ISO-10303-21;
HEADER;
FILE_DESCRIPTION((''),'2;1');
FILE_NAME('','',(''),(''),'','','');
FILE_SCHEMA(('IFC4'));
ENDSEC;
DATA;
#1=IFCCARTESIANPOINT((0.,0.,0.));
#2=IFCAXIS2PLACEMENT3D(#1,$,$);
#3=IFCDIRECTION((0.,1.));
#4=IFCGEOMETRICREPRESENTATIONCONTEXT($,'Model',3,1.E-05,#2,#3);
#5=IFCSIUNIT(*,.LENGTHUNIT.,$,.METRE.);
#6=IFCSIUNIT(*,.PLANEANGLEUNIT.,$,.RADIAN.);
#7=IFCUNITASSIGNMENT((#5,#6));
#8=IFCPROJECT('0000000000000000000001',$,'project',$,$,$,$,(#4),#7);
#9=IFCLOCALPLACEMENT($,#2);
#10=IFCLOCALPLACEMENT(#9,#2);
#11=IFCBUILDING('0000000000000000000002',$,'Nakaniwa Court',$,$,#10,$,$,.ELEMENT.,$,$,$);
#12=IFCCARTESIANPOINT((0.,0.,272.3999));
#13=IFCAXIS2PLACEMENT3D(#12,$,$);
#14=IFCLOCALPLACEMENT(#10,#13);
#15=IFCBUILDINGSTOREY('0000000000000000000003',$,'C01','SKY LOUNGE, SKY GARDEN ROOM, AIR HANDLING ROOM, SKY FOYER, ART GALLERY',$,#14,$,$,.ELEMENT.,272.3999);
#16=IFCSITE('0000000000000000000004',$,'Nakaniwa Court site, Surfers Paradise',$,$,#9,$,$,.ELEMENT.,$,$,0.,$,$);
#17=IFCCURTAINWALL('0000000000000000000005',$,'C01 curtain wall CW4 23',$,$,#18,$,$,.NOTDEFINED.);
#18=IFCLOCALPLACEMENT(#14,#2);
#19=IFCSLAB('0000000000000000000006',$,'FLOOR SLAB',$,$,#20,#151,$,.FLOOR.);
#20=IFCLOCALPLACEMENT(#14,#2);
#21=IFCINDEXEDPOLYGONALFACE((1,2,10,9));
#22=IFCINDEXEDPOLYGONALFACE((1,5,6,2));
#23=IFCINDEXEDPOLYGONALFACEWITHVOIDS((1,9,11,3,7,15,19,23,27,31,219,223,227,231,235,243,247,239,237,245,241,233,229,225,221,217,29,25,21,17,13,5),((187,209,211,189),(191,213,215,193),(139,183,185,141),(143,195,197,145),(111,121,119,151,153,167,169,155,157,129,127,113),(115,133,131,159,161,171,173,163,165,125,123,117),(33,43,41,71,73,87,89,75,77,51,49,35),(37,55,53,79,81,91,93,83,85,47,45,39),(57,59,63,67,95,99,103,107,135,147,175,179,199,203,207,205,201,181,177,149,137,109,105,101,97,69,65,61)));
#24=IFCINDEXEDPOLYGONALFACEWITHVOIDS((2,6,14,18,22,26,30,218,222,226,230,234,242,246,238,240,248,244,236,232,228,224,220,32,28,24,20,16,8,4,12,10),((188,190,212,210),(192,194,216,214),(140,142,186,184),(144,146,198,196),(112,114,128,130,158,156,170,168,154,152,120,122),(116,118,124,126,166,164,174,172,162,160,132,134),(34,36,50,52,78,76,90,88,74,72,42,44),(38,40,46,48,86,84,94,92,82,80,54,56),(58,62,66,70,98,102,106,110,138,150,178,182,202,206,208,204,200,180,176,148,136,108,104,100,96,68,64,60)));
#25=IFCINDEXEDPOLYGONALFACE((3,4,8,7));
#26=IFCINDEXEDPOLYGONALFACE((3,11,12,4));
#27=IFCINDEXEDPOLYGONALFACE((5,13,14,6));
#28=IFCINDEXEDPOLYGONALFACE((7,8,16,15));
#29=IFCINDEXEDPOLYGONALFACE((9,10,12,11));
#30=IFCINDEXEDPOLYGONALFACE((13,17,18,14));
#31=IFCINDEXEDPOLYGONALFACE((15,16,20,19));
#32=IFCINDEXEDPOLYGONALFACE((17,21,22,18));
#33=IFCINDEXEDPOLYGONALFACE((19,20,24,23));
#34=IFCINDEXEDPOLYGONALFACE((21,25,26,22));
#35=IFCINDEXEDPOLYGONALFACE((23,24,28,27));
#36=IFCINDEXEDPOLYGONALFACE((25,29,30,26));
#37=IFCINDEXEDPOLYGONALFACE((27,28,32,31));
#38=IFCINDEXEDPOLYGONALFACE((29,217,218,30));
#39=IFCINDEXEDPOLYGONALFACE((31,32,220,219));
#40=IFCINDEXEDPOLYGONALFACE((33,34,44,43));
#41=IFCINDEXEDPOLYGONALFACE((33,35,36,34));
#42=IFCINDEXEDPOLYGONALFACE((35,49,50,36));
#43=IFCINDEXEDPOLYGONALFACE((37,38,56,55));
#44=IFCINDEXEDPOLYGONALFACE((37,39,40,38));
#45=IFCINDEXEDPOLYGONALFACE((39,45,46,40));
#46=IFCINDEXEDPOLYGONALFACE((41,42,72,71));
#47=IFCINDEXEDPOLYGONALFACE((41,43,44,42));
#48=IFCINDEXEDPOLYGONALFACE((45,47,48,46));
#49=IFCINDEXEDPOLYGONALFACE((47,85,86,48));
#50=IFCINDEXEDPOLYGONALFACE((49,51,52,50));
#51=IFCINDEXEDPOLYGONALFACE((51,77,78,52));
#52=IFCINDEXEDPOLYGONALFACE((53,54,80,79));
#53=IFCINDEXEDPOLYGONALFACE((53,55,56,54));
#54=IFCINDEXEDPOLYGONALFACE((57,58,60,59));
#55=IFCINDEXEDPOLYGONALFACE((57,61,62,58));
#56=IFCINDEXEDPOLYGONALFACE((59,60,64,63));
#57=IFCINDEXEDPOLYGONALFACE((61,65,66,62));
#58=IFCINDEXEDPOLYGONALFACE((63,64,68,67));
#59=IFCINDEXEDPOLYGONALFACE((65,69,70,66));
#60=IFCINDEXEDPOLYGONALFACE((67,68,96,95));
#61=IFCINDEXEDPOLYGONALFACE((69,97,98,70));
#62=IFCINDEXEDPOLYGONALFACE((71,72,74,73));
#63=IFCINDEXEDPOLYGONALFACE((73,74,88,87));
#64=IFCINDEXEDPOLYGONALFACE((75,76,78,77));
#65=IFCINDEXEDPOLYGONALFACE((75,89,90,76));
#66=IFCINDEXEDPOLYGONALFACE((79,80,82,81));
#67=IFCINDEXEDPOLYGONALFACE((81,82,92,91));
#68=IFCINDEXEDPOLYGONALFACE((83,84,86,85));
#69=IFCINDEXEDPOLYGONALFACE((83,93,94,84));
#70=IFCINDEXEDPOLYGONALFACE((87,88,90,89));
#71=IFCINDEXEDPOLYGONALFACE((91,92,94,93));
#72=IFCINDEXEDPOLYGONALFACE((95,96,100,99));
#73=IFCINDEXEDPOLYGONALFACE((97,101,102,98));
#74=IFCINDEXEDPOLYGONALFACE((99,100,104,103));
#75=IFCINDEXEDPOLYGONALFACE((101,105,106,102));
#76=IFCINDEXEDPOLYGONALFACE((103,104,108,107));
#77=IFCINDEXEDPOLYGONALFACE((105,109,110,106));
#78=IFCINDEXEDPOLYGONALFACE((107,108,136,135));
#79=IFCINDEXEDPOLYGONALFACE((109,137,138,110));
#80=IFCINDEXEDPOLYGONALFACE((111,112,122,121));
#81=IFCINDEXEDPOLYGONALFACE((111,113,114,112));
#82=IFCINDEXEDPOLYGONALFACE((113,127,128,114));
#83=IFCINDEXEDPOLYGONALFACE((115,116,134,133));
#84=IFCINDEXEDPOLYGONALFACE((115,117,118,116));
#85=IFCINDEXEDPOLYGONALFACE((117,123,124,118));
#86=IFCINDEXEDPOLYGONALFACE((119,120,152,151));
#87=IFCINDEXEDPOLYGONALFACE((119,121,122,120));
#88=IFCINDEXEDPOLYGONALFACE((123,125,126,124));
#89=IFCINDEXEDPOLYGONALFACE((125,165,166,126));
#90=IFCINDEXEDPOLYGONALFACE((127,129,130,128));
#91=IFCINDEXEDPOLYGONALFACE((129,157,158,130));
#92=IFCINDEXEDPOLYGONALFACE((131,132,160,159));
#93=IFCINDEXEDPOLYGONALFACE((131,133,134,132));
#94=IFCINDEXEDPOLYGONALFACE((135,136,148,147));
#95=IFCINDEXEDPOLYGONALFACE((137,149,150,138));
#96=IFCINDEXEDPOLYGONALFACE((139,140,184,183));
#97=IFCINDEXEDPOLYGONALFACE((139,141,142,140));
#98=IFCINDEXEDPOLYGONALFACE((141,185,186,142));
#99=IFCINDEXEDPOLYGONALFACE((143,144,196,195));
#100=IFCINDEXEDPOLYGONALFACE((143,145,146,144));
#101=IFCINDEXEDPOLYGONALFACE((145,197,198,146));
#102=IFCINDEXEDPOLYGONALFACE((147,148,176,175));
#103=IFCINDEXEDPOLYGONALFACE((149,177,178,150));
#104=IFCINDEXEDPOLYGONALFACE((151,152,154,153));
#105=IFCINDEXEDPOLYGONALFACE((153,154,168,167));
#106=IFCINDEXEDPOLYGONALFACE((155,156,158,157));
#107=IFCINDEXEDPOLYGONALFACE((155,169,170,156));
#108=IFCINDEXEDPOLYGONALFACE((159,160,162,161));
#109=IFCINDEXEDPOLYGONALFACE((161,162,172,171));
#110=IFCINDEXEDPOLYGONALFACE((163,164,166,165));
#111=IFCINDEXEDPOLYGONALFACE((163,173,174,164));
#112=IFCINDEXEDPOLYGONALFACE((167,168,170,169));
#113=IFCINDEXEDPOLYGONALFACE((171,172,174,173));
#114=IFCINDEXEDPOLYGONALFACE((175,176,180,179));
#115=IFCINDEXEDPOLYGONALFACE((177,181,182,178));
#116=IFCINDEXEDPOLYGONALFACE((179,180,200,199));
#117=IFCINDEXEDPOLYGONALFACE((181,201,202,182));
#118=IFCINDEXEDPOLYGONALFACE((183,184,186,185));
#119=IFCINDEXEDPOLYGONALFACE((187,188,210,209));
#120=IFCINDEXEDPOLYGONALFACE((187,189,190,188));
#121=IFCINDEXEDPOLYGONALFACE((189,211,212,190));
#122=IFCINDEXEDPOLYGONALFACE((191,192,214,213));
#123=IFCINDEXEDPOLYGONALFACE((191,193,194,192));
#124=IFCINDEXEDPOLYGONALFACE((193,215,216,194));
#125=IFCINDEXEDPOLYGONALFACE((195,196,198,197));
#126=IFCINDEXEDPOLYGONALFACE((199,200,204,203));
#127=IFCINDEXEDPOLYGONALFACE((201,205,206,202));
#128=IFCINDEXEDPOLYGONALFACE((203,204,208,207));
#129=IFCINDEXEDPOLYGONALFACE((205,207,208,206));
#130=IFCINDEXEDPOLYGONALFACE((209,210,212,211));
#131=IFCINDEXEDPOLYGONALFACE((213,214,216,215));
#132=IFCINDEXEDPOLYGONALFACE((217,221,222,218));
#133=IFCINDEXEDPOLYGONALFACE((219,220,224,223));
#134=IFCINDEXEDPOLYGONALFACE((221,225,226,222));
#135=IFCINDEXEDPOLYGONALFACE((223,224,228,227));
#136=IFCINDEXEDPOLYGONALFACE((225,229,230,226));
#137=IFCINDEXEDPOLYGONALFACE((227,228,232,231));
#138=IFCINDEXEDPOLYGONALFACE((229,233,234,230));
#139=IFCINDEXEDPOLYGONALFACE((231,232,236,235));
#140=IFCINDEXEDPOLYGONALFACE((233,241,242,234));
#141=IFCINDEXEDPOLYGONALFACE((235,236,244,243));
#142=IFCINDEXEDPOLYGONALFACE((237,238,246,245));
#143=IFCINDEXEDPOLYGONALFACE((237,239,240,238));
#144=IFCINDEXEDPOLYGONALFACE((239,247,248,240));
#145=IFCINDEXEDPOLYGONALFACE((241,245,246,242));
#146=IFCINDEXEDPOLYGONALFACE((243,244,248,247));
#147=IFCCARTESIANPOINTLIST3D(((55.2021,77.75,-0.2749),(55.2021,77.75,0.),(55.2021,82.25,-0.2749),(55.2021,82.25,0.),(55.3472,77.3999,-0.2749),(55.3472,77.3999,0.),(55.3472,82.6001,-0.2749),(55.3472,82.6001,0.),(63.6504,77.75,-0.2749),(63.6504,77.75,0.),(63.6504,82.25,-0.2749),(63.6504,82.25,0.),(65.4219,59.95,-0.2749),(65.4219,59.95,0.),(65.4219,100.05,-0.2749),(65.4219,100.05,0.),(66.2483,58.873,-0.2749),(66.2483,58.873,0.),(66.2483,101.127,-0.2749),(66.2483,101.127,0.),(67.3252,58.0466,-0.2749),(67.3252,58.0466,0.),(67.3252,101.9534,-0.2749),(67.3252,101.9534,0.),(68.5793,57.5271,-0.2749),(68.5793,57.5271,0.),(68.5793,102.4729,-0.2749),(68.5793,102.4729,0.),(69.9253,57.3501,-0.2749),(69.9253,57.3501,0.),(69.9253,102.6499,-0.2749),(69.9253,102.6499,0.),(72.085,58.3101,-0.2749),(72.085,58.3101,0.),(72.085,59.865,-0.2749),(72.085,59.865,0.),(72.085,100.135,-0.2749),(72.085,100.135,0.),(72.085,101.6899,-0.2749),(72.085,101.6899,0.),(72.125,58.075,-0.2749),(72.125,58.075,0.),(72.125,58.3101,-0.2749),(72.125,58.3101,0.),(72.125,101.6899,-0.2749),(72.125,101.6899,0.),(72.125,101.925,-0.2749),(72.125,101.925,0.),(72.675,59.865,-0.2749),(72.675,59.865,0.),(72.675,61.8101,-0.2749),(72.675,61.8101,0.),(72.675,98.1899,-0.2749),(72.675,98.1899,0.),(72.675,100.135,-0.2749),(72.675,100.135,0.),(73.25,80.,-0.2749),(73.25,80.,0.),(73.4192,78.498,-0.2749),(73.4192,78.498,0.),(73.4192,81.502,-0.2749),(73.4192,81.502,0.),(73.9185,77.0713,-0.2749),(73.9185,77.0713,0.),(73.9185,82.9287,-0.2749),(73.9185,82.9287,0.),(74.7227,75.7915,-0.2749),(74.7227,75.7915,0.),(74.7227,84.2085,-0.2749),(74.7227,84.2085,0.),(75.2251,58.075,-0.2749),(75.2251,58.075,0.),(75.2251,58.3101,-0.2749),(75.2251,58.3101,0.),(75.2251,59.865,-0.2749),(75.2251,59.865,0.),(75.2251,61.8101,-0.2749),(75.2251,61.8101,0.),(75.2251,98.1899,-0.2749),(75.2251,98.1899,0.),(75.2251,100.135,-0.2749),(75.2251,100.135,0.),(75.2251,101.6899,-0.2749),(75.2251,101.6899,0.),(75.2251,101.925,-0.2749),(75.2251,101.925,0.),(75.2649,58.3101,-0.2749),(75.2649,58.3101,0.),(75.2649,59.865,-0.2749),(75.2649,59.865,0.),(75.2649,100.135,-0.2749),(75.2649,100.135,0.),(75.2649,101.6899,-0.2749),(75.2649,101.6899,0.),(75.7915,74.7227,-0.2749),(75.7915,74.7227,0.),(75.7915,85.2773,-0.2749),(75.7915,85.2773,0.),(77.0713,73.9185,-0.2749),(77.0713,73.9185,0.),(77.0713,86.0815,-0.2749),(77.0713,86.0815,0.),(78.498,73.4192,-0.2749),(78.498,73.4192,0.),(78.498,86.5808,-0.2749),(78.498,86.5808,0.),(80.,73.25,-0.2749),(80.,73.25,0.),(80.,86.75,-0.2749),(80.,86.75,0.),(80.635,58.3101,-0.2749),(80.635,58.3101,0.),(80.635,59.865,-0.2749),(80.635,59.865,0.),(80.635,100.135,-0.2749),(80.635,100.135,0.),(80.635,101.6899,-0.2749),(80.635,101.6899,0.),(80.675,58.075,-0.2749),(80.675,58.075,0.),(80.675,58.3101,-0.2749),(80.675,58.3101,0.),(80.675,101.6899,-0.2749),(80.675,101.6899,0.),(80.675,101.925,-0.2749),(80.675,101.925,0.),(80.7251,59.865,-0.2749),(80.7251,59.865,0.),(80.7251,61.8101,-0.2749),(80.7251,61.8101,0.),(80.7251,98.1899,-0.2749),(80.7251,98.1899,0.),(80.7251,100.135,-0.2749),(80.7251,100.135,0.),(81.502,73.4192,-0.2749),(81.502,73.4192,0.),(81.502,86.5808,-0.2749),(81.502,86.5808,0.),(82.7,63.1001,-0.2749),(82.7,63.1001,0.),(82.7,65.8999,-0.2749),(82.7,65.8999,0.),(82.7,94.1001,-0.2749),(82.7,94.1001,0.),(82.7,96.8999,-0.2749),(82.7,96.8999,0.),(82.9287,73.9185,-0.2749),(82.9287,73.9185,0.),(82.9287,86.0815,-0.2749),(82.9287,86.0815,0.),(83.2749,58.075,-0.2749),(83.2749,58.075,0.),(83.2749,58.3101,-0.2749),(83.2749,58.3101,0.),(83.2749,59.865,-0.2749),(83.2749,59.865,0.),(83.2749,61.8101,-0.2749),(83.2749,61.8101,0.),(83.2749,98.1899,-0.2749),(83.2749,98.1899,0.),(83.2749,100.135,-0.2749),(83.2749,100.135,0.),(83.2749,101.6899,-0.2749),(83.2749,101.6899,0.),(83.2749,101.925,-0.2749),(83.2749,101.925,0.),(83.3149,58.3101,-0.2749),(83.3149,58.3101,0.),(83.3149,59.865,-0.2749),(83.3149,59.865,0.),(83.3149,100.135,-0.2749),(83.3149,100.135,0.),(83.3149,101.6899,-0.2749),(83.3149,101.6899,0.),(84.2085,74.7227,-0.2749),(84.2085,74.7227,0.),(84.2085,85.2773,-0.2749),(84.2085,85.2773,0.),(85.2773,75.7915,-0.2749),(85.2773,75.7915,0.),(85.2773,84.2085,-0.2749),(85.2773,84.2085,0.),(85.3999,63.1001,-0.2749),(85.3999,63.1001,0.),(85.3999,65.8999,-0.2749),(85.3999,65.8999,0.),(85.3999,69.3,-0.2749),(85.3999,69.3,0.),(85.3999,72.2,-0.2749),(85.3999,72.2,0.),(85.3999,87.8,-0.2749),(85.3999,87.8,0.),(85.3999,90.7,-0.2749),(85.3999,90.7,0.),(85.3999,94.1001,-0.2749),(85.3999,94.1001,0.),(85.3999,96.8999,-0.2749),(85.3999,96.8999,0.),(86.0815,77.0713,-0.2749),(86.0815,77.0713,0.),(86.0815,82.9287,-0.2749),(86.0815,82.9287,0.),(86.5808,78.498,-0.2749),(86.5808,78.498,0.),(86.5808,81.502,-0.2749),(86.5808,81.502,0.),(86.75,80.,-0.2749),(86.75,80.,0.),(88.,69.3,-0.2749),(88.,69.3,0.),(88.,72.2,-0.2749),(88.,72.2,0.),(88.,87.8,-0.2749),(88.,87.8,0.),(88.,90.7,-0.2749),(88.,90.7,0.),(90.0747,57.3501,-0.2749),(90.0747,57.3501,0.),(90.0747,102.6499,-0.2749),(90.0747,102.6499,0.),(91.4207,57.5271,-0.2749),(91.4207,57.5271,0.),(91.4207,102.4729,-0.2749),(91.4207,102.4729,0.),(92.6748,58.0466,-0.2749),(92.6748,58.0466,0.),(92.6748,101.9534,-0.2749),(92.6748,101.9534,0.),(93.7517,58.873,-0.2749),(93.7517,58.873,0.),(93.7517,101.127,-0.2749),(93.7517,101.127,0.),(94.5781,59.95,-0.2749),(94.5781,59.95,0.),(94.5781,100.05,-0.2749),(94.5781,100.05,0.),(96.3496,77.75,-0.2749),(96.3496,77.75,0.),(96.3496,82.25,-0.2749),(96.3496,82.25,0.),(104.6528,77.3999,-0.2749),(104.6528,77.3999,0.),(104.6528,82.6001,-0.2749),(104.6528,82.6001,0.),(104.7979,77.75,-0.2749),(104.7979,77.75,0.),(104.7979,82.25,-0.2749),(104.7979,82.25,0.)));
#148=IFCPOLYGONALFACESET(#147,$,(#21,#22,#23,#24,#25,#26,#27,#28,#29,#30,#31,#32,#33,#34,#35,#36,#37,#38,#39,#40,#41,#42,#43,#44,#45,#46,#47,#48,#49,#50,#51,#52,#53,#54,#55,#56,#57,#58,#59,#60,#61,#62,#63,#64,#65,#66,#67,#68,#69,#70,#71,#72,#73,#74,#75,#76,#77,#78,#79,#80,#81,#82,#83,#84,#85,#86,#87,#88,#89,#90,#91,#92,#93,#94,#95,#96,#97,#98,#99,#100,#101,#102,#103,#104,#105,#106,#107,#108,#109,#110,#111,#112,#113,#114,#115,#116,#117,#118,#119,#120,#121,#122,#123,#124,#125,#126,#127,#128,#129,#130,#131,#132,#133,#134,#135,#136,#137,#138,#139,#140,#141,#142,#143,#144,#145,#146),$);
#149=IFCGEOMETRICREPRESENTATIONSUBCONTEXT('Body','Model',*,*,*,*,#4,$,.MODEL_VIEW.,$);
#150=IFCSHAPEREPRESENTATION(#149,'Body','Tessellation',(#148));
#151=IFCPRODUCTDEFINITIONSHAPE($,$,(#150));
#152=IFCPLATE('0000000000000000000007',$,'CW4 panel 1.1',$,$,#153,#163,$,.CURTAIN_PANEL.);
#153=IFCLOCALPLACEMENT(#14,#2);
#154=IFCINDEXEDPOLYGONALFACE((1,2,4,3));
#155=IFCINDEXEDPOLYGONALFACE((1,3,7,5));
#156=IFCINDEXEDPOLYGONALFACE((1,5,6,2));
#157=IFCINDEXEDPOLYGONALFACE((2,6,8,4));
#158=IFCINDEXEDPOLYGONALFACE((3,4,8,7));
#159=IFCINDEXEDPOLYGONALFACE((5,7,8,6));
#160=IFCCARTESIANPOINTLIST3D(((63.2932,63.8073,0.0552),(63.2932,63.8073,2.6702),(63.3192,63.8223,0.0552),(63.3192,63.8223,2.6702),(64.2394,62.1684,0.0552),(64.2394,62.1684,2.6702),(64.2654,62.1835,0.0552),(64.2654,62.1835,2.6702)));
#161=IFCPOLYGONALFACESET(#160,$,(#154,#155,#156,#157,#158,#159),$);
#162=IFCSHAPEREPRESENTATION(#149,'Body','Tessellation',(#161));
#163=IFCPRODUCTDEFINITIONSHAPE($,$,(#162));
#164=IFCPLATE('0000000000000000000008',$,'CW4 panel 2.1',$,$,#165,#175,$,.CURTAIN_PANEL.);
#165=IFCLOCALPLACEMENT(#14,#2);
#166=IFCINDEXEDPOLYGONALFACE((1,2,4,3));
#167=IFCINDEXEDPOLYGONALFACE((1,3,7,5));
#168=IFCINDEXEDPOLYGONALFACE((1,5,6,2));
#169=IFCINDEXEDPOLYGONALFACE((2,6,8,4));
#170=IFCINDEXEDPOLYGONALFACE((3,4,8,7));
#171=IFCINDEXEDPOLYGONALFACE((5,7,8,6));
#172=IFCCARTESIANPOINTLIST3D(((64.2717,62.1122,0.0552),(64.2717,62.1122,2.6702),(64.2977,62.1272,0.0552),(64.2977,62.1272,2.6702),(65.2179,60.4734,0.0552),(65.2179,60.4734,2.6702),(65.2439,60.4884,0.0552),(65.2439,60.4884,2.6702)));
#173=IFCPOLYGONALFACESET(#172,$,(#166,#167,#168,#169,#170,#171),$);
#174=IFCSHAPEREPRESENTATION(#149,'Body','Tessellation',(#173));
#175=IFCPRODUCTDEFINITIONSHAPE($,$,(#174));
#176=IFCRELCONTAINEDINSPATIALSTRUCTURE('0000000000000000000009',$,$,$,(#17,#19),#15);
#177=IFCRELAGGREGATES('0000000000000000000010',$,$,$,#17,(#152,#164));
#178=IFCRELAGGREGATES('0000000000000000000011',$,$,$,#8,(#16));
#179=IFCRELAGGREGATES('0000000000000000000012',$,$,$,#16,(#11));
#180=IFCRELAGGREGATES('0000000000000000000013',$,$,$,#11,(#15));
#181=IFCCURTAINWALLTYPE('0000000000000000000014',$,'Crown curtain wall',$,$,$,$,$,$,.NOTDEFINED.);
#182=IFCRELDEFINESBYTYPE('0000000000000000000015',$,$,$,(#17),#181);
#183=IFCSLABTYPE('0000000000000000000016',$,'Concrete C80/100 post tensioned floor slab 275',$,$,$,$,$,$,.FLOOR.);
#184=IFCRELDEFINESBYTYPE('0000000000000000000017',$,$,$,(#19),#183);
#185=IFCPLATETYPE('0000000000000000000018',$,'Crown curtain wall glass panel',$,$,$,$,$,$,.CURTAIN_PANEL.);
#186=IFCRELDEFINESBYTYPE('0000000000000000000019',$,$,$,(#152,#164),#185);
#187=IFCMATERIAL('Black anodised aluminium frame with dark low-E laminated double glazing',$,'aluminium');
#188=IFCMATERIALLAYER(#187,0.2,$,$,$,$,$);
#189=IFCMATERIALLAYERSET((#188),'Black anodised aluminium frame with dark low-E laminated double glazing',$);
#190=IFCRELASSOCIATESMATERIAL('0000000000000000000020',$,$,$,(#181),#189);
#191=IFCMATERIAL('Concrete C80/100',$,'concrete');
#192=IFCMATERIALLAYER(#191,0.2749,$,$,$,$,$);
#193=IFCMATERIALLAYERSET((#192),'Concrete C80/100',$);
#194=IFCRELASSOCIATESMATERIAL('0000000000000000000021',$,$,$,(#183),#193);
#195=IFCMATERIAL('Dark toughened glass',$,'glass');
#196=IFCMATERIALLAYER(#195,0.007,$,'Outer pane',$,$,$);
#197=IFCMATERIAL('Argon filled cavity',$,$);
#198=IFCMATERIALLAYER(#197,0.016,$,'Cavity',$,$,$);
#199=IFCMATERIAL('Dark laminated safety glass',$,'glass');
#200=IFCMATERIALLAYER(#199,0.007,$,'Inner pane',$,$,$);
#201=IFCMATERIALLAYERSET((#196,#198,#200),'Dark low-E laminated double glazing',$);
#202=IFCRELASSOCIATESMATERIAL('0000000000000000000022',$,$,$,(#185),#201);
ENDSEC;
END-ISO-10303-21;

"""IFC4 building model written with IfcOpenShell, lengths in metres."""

from ifc_helpers import new_model, si_unit, direction, frame, origin, origin_2d, place, context, subcontext, project, spatial, polyline, rectangle, outline, extrude, material, layer, layer_set, type_object, element, aggregate, save


model = new_model("IFC4")

# Units and contexts
model_context = context("Model", 3, precision=1e-05, world=origin(), true_north=direction((0.0, 1.0)))
body_context = subcontext(model_context, "Body", "Model", "MODEL_VIEW")
ifc_project = project(units=[si_unit("LENGTHUNIT", "METRE"), si_unit("PLANEANGLEUNIT", "RADIAN")], contexts=[model_context])

# Site, building, storey
site_placement = place(None, origin())
site = spatial("IfcSite", under=ifc_project, at=site_placement, Name="Nakaniwa Court site, Surfers Paradise", CompositionType="ELEMENT", RefElevation=0.0)
building_placement = place(site_placement, origin())
building = spatial("IfcBuilding", under=site, at=building_placement, Name="Nakaniwa Court", CompositionType="ELEMENT")
storey_placement = place(building_placement, frame((0.0, 0.0, 272.3999)))
storey = spatial("IfcBuildingStorey", under=building, at=storey_placement, Name="C01", Description="SKY LOUNGE, SKY GARDEN ROOM, AIR HANDLING ROOM, SKY FOYER, ART GALLERY", CompositionType="ELEMENT", Elevation=272.3999)

# Shared definitions
ifc_material_1 = material(Name="Concrete C80/100", Category="concrete")

# Curtain wall
ifc_material_2 = material(Name="Black anodised aluminium frame with dark low-E laminated double glazing", Category="aluminium")
ifc_layer_1 = layer(ifc_material_2, 0.2)
ifc_layer_set_1 = layer_set([ifc_layer_1], Name="Black anodised aluminium frame with dark low-E laminated double glazing")
curtain_wall_type = type_object("IfcCurtainWallType", Name="Crown curtain wall", PredefinedType="NOTDEFINED", material=ifc_layer_set_1)
curtain_wall_1_placement = place(storey_placement, origin())
curtain_wall_1 = element("IfcCurtainWall", 1, at=curtain_wall_1_placement, inside=storey, type_object=curtain_wall_type, Name="C01 curtain wall CW4 23", PredefinedType="NOTDEFINED")

# Slab
ifc_layer_2 = layer(ifc_material_1, 0.2749)
ifc_layer_set_2 = layer_set([ifc_layer_2], Name="Concrete C80/100")
slab_type_1 = type_object("IfcSlabType", Name="Concrete C80/100 post tensioned floor slab 275", PredefinedType="FLOOR", material=ifc_layer_set_2)
slab_1_placement = place(storey_placement, frame((0.0, 0.0, -0.2749)))
element("IfcSlab", 2, at=slab_1_placement, inside=storey, type_object=slab_type_1, Name="FLOOR SLAB", PredefinedType="FLOOR", context=body_context, shape_type="SweptSolid", body=[
    extrude(outline(polyline([(96.3496, 82.25), (104.7979, 82.25), (104.6528, 82.6001), (94.5781, 100.05), (93.7517, 101.127), (92.6748, 101.9534), (91.4207, 102.4729), (90.0747, 102.6499), (69.9253, 102.6499), (68.5793, 102.4729), (67.3252, 101.9534), (66.2483, 101.127), (65.4219, 100.05), (55.3472, 82.6001), (55.2021, 82.25), (63.6504, 82.25), (63.6504, 77.75), (55.2021, 77.75), (55.3472, 77.3999), (65.4219, 59.95), (66.2483, 58.873), (67.3252, 58.0466), (68.5793, 57.5271), (69.9253, 57.3501), (90.0747, 57.3501), (91.4207, 57.5271), (92.6748, 58.0466), (93.7517, 58.873), (94.5781, 59.95), (104.6528, 77.3999), (104.7979, 77.75), (96.3496, 77.75), (96.3496, 82.25)]), holes=[polyline([(81.502, 86.5808), (80.0, 86.75), (78.498, 86.5808), (77.0713, 86.0815), (75.7915, 85.2773), (74.7227, 84.2085), (73.9185, 82.9287), (73.4192, 81.502), (73.25, 80.0), (73.4192, 78.498), (73.9185, 77.0713), (74.7227, 75.7915), (75.7915, 74.7227), (77.0713, 73.9185), (78.498, 73.4192), (80.0, 73.25), (81.502, 73.4192), (82.9287, 73.9185), (84.2085, 74.7227), (85.2773, 75.7915), (86.0815, 77.0713), (86.5808, 78.498), (86.75, 80.0), (86.5808, 81.502), (86.0815, 82.9287), (85.2773, 84.2085), (84.2085, 85.2773), (82.9287, 86.0815), (81.502, 86.5808)]), polyline([(72.675, 61.8101), (72.675, 59.865), (72.085, 59.865), (72.085, 58.3101), (72.125, 58.3101), (72.125, 58.075), (75.2251, 58.075), (75.2251, 58.3101), (75.2649, 58.3101), (75.2649, 59.865), (75.2251, 59.865), (75.2251, 61.8101), (72.675, 61.8101)]), polyline([(83.2749, 61.8101), (80.7251, 61.8101), (80.7251, 59.865), (80.635, 59.865), (80.635, 58.3101), (80.675, 58.3101), (80.675, 58.075), (83.2749, 58.075), (83.2749, 58.3101), (83.3149, 58.3101), (83.3149, 59.865), (83.2749, 59.865), (83.2749, 61.8101)]), polyline([(75.2649, 101.6899), (75.2251, 101.6899), (75.2251, 101.925), (72.125, 101.925), (72.125, 101.6899), (72.085, 101.6899), (72.085, 100.135), (72.675, 100.135), (72.675, 98.1899), (75.2251, 98.1899), (75.2251, 100.135), (75.2649, 100.135), (75.2649, 101.6899)]), polyline([(83.3149, 100.135), (83.3149, 101.6899), (83.2749, 101.6899), (83.2749, 101.925), (80.675, 101.925), (80.675, 101.6899), (80.635, 101.6899), (80.635, 100.135), (80.7251, 100.135), (80.7251, 98.1899), (83.2749, 98.1899), (83.2749, 100.135), (83.3149, 100.135)]), polyline([(85.3999, 65.8999), (82.7, 65.8999), (82.7, 63.1001), (85.3999, 63.1001), (85.3999, 65.8999)]), polyline([(88.0, 72.2), (85.3999, 72.2), (85.3999, 69.3), (88.0, 69.3), (88.0, 72.2)]), polyline([(85.3999, 90.7), (85.3999, 87.8), (88.0, 87.8), (88.0, 90.7), (85.3999, 90.7)]), polyline([(85.3999, 96.8999), (82.7, 96.8999), (82.7, 94.1001), (85.3999, 94.1001), (85.3999, 96.8999)])]), origin(), (0.0, 0.0, 1.0), 0.2749),
])

# Plates
ifc_material_3 = material(Name="Dark toughened glass", Category="glass")
ifc_layer_3 = layer(ifc_material_3, 0.007, Name="Outer pane")
ifc_material_4 = material(Name="Argon filled cavity")
ifc_layer_4 = layer(ifc_material_4, 0.016, Name="Cavity")
ifc_material_5 = material(Name="Dark laminated safety glass", Category="glass")
ifc_layer_5 = layer(ifc_material_5, 0.007, Name="Inner pane")
ifc_layer_set_3 = layer_set([ifc_layer_3, ifc_layer_4, ifc_layer_5], Name="Dark low-E laminated double glazing")
plate_type = type_object("IfcPlateType", Name="Crown curtain wall glass panel", PredefinedType="CURTAIN_PANEL", material=ifc_layer_set_3)
plate_1_placement = place(storey_placement, frame((63.7793, 62.9954, 0.0552), z_axis=(0.0, 0.0, 1.0), x_axis=(0.499996, -0.866028, 0.0)))
plate_1 = element("IfcPlate", 3, at=plate_1_placement, type_object=plate_type, Name="CW4 panel 1.1", PredefinedType="CURTAIN_PANEL", context=body_context, shape_type="SweptSolid", body=[
    extrude(rectangle(XDim=1.8923, YDim=0.03, at=origin_2d()), origin(), (0.0, 0.0, 1.0), 2.615),
])
plate_2_placement = place(storey_placement, frame((64.7578, 61.3003, 0.0552), z_axis=(0.0, 0.0, 1.0), x_axis=(0.499996, -0.866028, 0.0)))
plate_2 = element("IfcPlate", 4, at=plate_2_placement, type_object=plate_type, Name="CW4 panel 2.1", PredefinedType="CURTAIN_PANEL", context=body_context, shape_type="SweptSolid", body=[
    extrude(rectangle(XDim=1.8923, YDim=0.03, at=origin_2d()), origin(), (0.0, 0.0, 1.0), 2.615),
])
aggregate(curtain_wall_1, [plate_1, plate_2])

save(model, "model.ifc")
